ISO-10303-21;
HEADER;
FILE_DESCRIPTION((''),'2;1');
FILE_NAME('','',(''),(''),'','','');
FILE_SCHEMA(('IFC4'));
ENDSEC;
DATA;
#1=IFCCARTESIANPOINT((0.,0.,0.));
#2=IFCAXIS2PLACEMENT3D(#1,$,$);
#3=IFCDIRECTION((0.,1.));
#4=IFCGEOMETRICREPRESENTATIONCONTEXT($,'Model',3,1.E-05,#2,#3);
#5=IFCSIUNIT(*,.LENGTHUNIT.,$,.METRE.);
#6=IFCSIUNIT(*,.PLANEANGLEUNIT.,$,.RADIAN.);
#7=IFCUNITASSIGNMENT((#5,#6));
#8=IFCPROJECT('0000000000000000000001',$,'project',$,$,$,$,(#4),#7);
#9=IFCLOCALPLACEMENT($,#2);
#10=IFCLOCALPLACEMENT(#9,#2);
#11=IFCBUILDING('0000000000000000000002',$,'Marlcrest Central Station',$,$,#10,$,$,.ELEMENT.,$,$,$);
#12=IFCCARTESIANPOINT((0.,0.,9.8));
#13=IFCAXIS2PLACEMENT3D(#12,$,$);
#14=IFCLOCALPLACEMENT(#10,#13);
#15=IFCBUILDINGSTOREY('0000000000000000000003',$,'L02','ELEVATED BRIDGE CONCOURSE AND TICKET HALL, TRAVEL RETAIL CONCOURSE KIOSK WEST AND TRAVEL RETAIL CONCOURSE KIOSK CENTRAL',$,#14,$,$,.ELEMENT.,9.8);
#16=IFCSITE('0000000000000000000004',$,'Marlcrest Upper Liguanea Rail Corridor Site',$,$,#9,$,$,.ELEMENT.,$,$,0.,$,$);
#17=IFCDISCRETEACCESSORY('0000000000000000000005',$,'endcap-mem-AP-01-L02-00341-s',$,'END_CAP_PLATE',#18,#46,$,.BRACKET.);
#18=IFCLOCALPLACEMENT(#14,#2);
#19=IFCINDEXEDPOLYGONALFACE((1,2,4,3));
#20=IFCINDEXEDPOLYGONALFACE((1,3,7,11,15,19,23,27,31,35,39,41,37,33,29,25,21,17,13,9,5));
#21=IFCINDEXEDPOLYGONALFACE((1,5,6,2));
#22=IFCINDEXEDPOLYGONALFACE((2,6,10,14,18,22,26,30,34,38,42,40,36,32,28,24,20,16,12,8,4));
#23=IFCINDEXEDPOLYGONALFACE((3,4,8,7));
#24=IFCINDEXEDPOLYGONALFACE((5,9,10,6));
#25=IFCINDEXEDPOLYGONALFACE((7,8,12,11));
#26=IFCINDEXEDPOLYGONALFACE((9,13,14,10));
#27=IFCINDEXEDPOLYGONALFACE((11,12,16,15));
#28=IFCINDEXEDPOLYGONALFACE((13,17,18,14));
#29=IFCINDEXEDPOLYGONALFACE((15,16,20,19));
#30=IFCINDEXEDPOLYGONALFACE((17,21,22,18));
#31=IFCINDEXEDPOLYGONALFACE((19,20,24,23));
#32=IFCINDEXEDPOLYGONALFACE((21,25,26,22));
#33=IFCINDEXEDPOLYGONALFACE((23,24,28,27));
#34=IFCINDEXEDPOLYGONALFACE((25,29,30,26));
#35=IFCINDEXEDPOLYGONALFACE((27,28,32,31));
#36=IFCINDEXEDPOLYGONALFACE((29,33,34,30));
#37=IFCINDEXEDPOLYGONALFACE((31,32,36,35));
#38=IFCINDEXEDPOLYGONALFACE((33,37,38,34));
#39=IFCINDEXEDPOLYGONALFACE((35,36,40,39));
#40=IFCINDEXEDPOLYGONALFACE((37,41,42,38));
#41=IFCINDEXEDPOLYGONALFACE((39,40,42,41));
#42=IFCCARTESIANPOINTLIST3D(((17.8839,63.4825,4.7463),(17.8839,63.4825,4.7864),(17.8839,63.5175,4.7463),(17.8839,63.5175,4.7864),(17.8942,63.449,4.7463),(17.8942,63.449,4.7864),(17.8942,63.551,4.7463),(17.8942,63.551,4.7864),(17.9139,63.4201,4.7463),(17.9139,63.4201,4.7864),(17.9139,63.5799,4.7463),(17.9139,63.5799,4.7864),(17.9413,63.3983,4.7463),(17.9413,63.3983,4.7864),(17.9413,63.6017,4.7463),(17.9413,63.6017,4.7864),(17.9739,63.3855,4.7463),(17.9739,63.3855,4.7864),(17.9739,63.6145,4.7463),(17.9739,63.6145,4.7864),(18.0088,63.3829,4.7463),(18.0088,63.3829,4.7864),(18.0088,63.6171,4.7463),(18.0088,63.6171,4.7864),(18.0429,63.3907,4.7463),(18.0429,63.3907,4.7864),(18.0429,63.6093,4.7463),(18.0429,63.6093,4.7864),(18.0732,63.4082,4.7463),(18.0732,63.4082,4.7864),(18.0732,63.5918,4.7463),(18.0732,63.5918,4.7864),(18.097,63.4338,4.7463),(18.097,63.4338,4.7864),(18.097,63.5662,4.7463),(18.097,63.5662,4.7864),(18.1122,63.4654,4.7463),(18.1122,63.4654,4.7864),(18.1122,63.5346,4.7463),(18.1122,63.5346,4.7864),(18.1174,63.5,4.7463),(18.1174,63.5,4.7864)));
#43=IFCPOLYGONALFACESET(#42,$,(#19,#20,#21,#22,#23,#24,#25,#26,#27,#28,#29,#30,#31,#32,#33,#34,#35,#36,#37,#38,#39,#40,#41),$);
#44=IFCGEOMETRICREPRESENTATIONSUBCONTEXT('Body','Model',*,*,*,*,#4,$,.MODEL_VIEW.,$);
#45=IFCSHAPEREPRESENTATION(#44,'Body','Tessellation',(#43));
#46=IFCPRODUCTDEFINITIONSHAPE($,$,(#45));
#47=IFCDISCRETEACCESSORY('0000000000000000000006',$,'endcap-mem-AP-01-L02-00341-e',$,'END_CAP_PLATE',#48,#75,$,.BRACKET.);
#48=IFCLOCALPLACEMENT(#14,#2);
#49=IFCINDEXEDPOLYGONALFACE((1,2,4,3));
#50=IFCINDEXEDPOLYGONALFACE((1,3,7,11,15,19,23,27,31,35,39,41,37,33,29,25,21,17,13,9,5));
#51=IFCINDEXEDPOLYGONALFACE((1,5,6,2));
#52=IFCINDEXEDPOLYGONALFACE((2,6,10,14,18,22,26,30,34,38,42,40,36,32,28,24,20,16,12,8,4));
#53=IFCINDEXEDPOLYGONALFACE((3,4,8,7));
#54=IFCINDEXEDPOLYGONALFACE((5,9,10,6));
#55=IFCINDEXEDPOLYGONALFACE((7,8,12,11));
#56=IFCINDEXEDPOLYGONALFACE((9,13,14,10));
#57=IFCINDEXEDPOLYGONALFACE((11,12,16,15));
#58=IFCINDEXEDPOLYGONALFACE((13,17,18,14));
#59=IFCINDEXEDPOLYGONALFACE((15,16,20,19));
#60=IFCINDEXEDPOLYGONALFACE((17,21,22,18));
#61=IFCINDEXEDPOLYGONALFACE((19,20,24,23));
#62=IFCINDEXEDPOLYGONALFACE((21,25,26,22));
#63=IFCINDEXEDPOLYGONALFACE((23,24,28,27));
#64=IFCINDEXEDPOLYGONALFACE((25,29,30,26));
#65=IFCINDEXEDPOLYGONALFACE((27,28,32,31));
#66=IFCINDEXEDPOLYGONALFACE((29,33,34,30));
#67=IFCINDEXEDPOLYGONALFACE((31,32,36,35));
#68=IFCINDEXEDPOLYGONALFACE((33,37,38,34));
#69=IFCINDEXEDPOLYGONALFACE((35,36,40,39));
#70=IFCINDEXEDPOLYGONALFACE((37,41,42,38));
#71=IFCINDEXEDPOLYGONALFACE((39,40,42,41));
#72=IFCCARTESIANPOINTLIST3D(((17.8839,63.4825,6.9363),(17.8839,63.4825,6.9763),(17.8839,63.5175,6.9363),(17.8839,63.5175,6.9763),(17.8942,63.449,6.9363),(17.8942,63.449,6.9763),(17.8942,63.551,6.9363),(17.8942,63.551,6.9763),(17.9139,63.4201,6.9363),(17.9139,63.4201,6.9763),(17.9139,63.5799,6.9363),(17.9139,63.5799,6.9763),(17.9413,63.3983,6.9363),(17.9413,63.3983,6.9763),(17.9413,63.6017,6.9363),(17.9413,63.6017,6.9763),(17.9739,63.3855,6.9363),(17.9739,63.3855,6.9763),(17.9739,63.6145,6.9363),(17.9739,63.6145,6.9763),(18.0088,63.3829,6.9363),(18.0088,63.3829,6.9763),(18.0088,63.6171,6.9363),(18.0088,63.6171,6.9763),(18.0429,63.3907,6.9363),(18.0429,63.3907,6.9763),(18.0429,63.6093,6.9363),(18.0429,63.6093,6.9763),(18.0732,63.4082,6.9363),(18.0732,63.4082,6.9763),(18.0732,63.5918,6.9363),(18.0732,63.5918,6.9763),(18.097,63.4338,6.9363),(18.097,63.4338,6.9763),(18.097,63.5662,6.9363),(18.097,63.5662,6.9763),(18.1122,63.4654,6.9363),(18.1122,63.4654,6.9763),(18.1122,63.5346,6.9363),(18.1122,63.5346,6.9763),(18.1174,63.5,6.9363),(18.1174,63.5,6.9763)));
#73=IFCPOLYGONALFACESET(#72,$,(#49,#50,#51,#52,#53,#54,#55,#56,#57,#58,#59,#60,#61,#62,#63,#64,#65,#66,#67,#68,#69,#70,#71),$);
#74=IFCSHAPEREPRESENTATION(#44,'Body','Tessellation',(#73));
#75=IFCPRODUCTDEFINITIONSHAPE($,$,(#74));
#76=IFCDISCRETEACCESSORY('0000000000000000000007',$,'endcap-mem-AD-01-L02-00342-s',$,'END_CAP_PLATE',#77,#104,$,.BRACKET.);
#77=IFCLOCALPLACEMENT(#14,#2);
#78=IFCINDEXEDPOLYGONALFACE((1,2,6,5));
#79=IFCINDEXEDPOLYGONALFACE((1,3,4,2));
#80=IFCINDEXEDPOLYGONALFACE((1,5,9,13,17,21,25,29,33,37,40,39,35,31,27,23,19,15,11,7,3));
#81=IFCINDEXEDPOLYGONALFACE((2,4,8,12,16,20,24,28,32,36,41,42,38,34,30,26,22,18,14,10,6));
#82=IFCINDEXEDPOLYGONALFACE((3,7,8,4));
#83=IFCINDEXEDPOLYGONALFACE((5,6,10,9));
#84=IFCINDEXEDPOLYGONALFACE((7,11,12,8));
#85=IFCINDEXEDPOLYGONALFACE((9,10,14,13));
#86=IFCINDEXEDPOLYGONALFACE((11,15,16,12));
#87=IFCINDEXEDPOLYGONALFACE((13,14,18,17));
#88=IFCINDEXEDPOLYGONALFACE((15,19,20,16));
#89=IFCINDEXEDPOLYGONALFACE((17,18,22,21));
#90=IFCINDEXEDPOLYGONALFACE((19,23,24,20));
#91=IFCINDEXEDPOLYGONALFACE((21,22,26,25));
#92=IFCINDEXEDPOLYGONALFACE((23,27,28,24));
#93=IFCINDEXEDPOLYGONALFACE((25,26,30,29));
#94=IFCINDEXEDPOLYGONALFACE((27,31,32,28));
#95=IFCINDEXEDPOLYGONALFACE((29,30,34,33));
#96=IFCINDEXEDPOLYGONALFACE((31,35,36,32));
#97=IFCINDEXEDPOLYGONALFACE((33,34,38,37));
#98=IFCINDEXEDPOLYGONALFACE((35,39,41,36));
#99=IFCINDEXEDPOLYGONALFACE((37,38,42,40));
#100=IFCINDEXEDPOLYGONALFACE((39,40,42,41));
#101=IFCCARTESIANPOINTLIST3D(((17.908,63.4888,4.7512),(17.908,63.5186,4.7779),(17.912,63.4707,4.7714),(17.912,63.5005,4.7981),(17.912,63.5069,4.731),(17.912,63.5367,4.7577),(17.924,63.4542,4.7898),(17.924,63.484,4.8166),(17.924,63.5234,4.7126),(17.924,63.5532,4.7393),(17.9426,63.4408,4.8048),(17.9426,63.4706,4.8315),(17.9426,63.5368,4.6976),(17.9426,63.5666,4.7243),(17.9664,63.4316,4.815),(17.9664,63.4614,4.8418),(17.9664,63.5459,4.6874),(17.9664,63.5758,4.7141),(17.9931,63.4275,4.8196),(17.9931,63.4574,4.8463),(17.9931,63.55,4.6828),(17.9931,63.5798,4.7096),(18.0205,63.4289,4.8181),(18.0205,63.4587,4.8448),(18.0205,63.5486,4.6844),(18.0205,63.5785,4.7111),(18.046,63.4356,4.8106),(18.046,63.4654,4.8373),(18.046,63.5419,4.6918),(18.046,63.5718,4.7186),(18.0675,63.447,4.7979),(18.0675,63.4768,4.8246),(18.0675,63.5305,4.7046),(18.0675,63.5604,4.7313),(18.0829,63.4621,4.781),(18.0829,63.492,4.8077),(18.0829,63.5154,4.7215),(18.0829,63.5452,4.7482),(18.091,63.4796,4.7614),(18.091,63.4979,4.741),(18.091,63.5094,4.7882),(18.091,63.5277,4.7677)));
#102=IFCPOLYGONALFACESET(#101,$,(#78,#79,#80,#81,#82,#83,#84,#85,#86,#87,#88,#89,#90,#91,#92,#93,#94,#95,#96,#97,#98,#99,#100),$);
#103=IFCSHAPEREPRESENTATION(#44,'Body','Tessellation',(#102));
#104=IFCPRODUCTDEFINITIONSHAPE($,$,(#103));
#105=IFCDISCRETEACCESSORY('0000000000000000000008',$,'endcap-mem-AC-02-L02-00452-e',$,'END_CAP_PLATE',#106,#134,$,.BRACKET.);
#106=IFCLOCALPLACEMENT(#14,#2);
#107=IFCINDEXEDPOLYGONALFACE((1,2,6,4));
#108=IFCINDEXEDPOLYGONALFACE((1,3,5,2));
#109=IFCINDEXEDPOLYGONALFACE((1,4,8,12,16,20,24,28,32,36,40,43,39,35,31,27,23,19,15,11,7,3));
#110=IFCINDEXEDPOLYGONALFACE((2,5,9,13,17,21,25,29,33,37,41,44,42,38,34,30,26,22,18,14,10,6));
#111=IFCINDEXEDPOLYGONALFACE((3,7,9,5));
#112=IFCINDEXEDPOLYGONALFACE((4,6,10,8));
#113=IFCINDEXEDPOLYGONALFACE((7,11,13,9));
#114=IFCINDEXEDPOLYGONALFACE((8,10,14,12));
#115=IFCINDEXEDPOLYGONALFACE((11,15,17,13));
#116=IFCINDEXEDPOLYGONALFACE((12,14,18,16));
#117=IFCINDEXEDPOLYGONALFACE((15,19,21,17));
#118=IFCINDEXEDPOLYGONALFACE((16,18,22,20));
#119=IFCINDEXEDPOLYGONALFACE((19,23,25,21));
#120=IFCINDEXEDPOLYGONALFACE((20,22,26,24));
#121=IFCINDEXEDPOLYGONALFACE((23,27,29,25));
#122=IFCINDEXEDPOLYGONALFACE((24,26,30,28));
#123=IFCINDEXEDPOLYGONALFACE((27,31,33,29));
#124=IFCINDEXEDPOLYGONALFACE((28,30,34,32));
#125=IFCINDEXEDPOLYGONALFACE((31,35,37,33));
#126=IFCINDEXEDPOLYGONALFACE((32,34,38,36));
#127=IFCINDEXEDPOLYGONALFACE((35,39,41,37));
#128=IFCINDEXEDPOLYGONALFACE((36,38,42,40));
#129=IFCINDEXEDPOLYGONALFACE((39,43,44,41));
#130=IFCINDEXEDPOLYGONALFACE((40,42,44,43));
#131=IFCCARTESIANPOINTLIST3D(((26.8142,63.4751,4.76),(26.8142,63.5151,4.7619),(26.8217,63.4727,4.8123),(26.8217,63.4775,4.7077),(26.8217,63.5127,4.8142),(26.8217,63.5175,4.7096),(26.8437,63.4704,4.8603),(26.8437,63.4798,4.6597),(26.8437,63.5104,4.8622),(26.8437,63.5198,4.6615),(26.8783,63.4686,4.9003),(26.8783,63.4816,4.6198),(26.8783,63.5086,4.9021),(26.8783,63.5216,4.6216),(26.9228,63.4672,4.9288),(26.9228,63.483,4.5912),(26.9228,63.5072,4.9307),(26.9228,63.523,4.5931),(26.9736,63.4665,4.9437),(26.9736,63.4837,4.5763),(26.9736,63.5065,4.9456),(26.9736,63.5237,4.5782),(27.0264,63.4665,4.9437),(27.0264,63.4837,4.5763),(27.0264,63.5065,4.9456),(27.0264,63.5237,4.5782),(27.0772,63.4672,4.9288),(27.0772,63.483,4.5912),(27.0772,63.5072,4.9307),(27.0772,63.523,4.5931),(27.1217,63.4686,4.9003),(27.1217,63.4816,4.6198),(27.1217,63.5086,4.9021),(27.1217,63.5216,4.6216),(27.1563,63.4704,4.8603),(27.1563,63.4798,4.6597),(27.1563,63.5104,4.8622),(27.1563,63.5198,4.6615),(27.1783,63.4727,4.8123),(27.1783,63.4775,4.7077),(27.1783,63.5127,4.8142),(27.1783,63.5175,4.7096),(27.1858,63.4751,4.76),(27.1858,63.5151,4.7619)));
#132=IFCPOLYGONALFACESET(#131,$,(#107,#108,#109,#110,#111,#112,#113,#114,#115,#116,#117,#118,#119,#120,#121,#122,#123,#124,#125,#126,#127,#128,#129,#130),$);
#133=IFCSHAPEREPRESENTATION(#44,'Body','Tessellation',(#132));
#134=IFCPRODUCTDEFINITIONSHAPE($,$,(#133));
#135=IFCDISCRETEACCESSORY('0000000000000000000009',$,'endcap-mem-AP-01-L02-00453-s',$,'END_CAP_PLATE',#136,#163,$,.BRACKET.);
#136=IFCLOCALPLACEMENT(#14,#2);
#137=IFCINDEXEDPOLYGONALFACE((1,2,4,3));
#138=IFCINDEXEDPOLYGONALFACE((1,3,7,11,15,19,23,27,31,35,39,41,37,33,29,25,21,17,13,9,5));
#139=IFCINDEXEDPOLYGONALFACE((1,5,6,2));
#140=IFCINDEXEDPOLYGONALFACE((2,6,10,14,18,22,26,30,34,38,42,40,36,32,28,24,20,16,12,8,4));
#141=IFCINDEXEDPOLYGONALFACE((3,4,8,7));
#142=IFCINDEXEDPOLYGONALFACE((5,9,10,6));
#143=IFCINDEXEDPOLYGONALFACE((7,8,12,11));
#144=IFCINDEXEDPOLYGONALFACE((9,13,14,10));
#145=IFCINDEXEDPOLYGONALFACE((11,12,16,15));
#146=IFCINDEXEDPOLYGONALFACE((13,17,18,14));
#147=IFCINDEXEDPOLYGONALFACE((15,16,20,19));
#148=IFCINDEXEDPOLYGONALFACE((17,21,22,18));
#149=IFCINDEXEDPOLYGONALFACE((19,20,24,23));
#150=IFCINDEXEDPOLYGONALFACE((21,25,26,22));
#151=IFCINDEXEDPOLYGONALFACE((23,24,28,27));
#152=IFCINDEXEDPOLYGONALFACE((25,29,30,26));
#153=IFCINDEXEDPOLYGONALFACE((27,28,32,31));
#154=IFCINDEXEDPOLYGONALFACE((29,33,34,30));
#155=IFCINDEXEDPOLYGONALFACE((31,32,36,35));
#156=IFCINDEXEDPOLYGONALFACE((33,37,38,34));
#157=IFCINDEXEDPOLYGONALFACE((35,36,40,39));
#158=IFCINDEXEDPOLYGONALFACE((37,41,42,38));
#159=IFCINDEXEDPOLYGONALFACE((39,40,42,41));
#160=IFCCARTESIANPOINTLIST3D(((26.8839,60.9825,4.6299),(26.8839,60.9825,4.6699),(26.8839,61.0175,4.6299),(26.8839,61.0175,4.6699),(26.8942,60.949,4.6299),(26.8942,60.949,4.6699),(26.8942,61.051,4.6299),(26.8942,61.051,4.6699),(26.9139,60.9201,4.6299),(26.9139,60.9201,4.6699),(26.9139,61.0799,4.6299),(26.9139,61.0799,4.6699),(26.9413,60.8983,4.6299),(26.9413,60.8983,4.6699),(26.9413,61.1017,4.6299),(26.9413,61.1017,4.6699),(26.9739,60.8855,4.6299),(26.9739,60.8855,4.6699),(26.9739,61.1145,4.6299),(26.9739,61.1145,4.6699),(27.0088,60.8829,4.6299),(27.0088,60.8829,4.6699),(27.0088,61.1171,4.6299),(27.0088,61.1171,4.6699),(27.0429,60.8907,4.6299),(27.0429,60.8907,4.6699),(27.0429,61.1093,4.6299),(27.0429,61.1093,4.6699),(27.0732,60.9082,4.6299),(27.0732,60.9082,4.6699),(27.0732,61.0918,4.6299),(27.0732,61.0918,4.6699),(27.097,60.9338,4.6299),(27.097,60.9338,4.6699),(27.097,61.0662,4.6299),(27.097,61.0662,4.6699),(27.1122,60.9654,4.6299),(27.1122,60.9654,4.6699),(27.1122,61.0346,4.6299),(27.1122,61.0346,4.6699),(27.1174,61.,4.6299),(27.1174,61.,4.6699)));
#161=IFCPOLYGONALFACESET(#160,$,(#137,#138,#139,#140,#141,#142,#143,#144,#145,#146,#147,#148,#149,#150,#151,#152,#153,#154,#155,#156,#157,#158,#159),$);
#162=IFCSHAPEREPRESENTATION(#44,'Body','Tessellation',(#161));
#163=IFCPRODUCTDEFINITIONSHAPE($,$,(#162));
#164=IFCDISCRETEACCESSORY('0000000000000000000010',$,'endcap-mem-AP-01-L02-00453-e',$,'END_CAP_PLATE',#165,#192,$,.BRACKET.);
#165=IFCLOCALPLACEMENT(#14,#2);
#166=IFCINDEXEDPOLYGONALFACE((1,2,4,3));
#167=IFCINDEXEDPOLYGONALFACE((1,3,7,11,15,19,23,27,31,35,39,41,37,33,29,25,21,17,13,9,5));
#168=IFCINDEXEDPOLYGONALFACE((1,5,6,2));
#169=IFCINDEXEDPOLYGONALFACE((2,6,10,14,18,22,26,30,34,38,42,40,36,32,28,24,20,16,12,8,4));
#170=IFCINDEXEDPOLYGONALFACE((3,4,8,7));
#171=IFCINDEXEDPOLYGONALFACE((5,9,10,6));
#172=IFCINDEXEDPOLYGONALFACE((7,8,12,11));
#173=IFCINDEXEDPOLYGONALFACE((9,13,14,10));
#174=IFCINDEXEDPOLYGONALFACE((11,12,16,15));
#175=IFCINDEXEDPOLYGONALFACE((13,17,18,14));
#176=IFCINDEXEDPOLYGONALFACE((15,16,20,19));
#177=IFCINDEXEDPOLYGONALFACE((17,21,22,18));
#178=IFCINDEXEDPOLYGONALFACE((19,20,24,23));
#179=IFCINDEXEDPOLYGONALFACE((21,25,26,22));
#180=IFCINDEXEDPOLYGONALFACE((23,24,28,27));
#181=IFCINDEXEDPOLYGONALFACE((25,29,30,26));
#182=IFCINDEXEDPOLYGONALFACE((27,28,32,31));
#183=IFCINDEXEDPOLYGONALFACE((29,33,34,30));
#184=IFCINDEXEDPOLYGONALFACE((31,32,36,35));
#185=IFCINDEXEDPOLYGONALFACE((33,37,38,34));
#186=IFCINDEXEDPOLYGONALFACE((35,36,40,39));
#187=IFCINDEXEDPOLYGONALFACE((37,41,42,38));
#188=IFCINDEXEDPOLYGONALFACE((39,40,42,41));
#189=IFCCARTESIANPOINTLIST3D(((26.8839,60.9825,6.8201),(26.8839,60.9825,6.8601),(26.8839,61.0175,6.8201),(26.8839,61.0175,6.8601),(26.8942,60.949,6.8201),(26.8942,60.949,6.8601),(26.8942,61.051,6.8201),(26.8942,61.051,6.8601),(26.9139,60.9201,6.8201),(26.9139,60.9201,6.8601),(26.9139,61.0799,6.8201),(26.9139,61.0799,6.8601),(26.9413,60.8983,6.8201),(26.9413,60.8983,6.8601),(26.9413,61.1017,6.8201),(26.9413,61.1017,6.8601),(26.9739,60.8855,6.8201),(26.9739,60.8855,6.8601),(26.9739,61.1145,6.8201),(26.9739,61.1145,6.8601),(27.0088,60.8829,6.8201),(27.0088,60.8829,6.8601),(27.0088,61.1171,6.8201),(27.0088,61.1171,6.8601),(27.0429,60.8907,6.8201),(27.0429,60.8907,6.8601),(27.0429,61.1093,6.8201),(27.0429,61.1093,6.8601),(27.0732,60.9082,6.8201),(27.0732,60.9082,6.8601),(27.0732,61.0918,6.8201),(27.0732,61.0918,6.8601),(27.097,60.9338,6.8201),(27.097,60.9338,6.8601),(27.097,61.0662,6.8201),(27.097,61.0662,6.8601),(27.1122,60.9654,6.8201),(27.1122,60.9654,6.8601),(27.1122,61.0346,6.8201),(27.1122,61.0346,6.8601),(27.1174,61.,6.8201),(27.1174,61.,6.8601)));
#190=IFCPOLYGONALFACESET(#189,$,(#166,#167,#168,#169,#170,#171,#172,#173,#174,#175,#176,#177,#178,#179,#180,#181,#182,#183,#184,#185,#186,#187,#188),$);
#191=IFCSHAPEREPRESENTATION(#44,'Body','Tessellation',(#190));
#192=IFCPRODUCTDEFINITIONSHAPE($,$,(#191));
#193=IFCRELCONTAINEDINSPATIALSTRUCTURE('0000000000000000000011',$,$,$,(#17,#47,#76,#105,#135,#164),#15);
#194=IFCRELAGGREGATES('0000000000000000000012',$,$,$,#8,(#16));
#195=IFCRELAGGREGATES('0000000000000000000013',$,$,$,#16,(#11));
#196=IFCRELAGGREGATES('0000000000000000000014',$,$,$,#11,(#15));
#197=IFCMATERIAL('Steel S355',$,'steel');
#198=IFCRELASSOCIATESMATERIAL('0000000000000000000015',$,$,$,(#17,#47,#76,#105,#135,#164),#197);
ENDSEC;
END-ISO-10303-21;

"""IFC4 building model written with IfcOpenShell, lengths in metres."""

from ifc_helpers import new_model, si_unit, direction, frame, origin, origin_2d, place, context, subcontext, project, spatial, circle, extrude, material, element, save


model = new_model("IFC4")

# Units and contexts
model_context = context("Model", 3, precision=1e-05, world=origin(), true_north=direction((0.0, 1.0)))
body_context = subcontext(model_context, "Body", "Model", "MODEL_VIEW")
ifc_project = project(units=[si_unit("LENGTHUNIT", "METRE"), si_unit("PLANEANGLEUNIT", "RADIAN")], contexts=[model_context])

# Site, building, storey
site_placement = place(None, origin())
site = spatial("IfcSite", under=ifc_project, at=site_placement, Name="Marlcrest Upper Liguanea Rail Corridor Site", CompositionType="ELEMENT", RefElevation=0.0)
building_placement = place(site_placement, origin())
building = spatial("IfcBuilding", under=site, at=building_placement, Name="Marlcrest Central Station", CompositionType="ELEMENT")
storey_placement = place(building_placement, frame((0.0, 0.0, 9.8)))
storey = spatial("IfcBuildingStorey", under=building, at=storey_placement, Name="L02", Description="ELEVATED BRIDGE CONCOURSE AND TICKET HALL, TRAVEL RETAIL CONCOURSE KIOSK WEST AND TRAVEL RETAIL CONCOURSE KIOSK CENTRAL", CompositionType="ELEMENT", Elevation=9.8)

# Shared definitions
ifc_material = material(Name="Steel S355", Category="steel")

# Discrete accessories
for number, where, z_axis, x_axis, name in (
    (1, (18.0, 63.5, 4.7463), (0.0, 0.0, 1.0), (1.0, 0.0, 0.0), "endcap-mem-AP-01-L02-00341-s"),
    (2, (18.0, 63.5, 6.9363), (0.0, 0.0, 1.0), (1.0, 0.0, 0.0), "endcap-mem-AP-01-L02-00341-e"),
):
    element("IfcDiscreteAccessory", number, at=place(storey_placement, frame(where, z_axis=z_axis, x_axis=x_axis)), inside=storey, material=ifc_material, Name=name, ObjectType="END_CAP_PLATE", PredefinedType="BRACKET", context=body_context, shape_type="SweptSolid", body=[
        extrude(circle(Radius=0.1174, at=origin_2d()), origin(), (0.0, 0.0, 1.0), 0.04),
    ])
discrete_accessory_1_placement = place(storey_placement, frame((18.0, 63.4888, 4.7512), z_axis=(0.0, 0.744956, 0.667114), x_axis=(-1.0, 0.0, 0.0)))
element("IfcDiscreteAccessory", 3, at=discrete_accessory_1_placement, inside=storey, material=ifc_material, Name="endcap-mem-AD-01-L02-00342-s", ObjectType="END_CAP_PLATE", PredefinedType="BRACKET", context=body_context, shape_type="SweptSolid", body=[
    extrude(circle(Radius=0.092, at=origin_2d()), origin(), (0.0, 0.0, 1.0), 0.04),
])
discrete_accessory_2_placement = place(storey_placement, frame((27.0, 63.4751, 4.76), z_axis=(0.0, 0.998917, 0.046532), x_axis=(-1.0, 0.0, 0.0)))
element("IfcDiscreteAccessory", 4, at=discrete_accessory_2_placement, inside=storey, material=ifc_material, Name="endcap-mem-AC-02-L02-00452-e", ObjectType="END_CAP_PLATE", PredefinedType="BRACKET", context=body_context, shape_type="SweptSolid", body=[
    extrude(circle(Radius=0.1858, at=origin_2d()), origin(), (0.0, 0.0, 1.0), 0.04),
])
for number, where, z_axis, x_axis, name in (
    (5, (27.0, 61.0, 4.6299), (0.0, 0.0, 1.0), (1.0, 0.0, 0.0), "endcap-mem-AP-01-L02-00453-s"),
    (6, (27.0, 61.0, 6.8201), (0.0, 0.0, 1.0), (1.0, 0.0, 0.0), "endcap-mem-AP-01-L02-00453-e"),
):
    element("IfcDiscreteAccessory", number, at=place(storey_placement, frame(where, z_axis=z_axis, x_axis=x_axis)), inside=storey, material=ifc_material, Name=name, ObjectType="END_CAP_PLATE", PredefinedType="BRACKET", context=body_context, shape_type="SweptSolid", body=[
        extrude(circle(Radius=0.1174, at=origin_2d()), origin(), (0.0, 0.0, 1.0), 0.04),
    ])

save(model, "model.ifc")
